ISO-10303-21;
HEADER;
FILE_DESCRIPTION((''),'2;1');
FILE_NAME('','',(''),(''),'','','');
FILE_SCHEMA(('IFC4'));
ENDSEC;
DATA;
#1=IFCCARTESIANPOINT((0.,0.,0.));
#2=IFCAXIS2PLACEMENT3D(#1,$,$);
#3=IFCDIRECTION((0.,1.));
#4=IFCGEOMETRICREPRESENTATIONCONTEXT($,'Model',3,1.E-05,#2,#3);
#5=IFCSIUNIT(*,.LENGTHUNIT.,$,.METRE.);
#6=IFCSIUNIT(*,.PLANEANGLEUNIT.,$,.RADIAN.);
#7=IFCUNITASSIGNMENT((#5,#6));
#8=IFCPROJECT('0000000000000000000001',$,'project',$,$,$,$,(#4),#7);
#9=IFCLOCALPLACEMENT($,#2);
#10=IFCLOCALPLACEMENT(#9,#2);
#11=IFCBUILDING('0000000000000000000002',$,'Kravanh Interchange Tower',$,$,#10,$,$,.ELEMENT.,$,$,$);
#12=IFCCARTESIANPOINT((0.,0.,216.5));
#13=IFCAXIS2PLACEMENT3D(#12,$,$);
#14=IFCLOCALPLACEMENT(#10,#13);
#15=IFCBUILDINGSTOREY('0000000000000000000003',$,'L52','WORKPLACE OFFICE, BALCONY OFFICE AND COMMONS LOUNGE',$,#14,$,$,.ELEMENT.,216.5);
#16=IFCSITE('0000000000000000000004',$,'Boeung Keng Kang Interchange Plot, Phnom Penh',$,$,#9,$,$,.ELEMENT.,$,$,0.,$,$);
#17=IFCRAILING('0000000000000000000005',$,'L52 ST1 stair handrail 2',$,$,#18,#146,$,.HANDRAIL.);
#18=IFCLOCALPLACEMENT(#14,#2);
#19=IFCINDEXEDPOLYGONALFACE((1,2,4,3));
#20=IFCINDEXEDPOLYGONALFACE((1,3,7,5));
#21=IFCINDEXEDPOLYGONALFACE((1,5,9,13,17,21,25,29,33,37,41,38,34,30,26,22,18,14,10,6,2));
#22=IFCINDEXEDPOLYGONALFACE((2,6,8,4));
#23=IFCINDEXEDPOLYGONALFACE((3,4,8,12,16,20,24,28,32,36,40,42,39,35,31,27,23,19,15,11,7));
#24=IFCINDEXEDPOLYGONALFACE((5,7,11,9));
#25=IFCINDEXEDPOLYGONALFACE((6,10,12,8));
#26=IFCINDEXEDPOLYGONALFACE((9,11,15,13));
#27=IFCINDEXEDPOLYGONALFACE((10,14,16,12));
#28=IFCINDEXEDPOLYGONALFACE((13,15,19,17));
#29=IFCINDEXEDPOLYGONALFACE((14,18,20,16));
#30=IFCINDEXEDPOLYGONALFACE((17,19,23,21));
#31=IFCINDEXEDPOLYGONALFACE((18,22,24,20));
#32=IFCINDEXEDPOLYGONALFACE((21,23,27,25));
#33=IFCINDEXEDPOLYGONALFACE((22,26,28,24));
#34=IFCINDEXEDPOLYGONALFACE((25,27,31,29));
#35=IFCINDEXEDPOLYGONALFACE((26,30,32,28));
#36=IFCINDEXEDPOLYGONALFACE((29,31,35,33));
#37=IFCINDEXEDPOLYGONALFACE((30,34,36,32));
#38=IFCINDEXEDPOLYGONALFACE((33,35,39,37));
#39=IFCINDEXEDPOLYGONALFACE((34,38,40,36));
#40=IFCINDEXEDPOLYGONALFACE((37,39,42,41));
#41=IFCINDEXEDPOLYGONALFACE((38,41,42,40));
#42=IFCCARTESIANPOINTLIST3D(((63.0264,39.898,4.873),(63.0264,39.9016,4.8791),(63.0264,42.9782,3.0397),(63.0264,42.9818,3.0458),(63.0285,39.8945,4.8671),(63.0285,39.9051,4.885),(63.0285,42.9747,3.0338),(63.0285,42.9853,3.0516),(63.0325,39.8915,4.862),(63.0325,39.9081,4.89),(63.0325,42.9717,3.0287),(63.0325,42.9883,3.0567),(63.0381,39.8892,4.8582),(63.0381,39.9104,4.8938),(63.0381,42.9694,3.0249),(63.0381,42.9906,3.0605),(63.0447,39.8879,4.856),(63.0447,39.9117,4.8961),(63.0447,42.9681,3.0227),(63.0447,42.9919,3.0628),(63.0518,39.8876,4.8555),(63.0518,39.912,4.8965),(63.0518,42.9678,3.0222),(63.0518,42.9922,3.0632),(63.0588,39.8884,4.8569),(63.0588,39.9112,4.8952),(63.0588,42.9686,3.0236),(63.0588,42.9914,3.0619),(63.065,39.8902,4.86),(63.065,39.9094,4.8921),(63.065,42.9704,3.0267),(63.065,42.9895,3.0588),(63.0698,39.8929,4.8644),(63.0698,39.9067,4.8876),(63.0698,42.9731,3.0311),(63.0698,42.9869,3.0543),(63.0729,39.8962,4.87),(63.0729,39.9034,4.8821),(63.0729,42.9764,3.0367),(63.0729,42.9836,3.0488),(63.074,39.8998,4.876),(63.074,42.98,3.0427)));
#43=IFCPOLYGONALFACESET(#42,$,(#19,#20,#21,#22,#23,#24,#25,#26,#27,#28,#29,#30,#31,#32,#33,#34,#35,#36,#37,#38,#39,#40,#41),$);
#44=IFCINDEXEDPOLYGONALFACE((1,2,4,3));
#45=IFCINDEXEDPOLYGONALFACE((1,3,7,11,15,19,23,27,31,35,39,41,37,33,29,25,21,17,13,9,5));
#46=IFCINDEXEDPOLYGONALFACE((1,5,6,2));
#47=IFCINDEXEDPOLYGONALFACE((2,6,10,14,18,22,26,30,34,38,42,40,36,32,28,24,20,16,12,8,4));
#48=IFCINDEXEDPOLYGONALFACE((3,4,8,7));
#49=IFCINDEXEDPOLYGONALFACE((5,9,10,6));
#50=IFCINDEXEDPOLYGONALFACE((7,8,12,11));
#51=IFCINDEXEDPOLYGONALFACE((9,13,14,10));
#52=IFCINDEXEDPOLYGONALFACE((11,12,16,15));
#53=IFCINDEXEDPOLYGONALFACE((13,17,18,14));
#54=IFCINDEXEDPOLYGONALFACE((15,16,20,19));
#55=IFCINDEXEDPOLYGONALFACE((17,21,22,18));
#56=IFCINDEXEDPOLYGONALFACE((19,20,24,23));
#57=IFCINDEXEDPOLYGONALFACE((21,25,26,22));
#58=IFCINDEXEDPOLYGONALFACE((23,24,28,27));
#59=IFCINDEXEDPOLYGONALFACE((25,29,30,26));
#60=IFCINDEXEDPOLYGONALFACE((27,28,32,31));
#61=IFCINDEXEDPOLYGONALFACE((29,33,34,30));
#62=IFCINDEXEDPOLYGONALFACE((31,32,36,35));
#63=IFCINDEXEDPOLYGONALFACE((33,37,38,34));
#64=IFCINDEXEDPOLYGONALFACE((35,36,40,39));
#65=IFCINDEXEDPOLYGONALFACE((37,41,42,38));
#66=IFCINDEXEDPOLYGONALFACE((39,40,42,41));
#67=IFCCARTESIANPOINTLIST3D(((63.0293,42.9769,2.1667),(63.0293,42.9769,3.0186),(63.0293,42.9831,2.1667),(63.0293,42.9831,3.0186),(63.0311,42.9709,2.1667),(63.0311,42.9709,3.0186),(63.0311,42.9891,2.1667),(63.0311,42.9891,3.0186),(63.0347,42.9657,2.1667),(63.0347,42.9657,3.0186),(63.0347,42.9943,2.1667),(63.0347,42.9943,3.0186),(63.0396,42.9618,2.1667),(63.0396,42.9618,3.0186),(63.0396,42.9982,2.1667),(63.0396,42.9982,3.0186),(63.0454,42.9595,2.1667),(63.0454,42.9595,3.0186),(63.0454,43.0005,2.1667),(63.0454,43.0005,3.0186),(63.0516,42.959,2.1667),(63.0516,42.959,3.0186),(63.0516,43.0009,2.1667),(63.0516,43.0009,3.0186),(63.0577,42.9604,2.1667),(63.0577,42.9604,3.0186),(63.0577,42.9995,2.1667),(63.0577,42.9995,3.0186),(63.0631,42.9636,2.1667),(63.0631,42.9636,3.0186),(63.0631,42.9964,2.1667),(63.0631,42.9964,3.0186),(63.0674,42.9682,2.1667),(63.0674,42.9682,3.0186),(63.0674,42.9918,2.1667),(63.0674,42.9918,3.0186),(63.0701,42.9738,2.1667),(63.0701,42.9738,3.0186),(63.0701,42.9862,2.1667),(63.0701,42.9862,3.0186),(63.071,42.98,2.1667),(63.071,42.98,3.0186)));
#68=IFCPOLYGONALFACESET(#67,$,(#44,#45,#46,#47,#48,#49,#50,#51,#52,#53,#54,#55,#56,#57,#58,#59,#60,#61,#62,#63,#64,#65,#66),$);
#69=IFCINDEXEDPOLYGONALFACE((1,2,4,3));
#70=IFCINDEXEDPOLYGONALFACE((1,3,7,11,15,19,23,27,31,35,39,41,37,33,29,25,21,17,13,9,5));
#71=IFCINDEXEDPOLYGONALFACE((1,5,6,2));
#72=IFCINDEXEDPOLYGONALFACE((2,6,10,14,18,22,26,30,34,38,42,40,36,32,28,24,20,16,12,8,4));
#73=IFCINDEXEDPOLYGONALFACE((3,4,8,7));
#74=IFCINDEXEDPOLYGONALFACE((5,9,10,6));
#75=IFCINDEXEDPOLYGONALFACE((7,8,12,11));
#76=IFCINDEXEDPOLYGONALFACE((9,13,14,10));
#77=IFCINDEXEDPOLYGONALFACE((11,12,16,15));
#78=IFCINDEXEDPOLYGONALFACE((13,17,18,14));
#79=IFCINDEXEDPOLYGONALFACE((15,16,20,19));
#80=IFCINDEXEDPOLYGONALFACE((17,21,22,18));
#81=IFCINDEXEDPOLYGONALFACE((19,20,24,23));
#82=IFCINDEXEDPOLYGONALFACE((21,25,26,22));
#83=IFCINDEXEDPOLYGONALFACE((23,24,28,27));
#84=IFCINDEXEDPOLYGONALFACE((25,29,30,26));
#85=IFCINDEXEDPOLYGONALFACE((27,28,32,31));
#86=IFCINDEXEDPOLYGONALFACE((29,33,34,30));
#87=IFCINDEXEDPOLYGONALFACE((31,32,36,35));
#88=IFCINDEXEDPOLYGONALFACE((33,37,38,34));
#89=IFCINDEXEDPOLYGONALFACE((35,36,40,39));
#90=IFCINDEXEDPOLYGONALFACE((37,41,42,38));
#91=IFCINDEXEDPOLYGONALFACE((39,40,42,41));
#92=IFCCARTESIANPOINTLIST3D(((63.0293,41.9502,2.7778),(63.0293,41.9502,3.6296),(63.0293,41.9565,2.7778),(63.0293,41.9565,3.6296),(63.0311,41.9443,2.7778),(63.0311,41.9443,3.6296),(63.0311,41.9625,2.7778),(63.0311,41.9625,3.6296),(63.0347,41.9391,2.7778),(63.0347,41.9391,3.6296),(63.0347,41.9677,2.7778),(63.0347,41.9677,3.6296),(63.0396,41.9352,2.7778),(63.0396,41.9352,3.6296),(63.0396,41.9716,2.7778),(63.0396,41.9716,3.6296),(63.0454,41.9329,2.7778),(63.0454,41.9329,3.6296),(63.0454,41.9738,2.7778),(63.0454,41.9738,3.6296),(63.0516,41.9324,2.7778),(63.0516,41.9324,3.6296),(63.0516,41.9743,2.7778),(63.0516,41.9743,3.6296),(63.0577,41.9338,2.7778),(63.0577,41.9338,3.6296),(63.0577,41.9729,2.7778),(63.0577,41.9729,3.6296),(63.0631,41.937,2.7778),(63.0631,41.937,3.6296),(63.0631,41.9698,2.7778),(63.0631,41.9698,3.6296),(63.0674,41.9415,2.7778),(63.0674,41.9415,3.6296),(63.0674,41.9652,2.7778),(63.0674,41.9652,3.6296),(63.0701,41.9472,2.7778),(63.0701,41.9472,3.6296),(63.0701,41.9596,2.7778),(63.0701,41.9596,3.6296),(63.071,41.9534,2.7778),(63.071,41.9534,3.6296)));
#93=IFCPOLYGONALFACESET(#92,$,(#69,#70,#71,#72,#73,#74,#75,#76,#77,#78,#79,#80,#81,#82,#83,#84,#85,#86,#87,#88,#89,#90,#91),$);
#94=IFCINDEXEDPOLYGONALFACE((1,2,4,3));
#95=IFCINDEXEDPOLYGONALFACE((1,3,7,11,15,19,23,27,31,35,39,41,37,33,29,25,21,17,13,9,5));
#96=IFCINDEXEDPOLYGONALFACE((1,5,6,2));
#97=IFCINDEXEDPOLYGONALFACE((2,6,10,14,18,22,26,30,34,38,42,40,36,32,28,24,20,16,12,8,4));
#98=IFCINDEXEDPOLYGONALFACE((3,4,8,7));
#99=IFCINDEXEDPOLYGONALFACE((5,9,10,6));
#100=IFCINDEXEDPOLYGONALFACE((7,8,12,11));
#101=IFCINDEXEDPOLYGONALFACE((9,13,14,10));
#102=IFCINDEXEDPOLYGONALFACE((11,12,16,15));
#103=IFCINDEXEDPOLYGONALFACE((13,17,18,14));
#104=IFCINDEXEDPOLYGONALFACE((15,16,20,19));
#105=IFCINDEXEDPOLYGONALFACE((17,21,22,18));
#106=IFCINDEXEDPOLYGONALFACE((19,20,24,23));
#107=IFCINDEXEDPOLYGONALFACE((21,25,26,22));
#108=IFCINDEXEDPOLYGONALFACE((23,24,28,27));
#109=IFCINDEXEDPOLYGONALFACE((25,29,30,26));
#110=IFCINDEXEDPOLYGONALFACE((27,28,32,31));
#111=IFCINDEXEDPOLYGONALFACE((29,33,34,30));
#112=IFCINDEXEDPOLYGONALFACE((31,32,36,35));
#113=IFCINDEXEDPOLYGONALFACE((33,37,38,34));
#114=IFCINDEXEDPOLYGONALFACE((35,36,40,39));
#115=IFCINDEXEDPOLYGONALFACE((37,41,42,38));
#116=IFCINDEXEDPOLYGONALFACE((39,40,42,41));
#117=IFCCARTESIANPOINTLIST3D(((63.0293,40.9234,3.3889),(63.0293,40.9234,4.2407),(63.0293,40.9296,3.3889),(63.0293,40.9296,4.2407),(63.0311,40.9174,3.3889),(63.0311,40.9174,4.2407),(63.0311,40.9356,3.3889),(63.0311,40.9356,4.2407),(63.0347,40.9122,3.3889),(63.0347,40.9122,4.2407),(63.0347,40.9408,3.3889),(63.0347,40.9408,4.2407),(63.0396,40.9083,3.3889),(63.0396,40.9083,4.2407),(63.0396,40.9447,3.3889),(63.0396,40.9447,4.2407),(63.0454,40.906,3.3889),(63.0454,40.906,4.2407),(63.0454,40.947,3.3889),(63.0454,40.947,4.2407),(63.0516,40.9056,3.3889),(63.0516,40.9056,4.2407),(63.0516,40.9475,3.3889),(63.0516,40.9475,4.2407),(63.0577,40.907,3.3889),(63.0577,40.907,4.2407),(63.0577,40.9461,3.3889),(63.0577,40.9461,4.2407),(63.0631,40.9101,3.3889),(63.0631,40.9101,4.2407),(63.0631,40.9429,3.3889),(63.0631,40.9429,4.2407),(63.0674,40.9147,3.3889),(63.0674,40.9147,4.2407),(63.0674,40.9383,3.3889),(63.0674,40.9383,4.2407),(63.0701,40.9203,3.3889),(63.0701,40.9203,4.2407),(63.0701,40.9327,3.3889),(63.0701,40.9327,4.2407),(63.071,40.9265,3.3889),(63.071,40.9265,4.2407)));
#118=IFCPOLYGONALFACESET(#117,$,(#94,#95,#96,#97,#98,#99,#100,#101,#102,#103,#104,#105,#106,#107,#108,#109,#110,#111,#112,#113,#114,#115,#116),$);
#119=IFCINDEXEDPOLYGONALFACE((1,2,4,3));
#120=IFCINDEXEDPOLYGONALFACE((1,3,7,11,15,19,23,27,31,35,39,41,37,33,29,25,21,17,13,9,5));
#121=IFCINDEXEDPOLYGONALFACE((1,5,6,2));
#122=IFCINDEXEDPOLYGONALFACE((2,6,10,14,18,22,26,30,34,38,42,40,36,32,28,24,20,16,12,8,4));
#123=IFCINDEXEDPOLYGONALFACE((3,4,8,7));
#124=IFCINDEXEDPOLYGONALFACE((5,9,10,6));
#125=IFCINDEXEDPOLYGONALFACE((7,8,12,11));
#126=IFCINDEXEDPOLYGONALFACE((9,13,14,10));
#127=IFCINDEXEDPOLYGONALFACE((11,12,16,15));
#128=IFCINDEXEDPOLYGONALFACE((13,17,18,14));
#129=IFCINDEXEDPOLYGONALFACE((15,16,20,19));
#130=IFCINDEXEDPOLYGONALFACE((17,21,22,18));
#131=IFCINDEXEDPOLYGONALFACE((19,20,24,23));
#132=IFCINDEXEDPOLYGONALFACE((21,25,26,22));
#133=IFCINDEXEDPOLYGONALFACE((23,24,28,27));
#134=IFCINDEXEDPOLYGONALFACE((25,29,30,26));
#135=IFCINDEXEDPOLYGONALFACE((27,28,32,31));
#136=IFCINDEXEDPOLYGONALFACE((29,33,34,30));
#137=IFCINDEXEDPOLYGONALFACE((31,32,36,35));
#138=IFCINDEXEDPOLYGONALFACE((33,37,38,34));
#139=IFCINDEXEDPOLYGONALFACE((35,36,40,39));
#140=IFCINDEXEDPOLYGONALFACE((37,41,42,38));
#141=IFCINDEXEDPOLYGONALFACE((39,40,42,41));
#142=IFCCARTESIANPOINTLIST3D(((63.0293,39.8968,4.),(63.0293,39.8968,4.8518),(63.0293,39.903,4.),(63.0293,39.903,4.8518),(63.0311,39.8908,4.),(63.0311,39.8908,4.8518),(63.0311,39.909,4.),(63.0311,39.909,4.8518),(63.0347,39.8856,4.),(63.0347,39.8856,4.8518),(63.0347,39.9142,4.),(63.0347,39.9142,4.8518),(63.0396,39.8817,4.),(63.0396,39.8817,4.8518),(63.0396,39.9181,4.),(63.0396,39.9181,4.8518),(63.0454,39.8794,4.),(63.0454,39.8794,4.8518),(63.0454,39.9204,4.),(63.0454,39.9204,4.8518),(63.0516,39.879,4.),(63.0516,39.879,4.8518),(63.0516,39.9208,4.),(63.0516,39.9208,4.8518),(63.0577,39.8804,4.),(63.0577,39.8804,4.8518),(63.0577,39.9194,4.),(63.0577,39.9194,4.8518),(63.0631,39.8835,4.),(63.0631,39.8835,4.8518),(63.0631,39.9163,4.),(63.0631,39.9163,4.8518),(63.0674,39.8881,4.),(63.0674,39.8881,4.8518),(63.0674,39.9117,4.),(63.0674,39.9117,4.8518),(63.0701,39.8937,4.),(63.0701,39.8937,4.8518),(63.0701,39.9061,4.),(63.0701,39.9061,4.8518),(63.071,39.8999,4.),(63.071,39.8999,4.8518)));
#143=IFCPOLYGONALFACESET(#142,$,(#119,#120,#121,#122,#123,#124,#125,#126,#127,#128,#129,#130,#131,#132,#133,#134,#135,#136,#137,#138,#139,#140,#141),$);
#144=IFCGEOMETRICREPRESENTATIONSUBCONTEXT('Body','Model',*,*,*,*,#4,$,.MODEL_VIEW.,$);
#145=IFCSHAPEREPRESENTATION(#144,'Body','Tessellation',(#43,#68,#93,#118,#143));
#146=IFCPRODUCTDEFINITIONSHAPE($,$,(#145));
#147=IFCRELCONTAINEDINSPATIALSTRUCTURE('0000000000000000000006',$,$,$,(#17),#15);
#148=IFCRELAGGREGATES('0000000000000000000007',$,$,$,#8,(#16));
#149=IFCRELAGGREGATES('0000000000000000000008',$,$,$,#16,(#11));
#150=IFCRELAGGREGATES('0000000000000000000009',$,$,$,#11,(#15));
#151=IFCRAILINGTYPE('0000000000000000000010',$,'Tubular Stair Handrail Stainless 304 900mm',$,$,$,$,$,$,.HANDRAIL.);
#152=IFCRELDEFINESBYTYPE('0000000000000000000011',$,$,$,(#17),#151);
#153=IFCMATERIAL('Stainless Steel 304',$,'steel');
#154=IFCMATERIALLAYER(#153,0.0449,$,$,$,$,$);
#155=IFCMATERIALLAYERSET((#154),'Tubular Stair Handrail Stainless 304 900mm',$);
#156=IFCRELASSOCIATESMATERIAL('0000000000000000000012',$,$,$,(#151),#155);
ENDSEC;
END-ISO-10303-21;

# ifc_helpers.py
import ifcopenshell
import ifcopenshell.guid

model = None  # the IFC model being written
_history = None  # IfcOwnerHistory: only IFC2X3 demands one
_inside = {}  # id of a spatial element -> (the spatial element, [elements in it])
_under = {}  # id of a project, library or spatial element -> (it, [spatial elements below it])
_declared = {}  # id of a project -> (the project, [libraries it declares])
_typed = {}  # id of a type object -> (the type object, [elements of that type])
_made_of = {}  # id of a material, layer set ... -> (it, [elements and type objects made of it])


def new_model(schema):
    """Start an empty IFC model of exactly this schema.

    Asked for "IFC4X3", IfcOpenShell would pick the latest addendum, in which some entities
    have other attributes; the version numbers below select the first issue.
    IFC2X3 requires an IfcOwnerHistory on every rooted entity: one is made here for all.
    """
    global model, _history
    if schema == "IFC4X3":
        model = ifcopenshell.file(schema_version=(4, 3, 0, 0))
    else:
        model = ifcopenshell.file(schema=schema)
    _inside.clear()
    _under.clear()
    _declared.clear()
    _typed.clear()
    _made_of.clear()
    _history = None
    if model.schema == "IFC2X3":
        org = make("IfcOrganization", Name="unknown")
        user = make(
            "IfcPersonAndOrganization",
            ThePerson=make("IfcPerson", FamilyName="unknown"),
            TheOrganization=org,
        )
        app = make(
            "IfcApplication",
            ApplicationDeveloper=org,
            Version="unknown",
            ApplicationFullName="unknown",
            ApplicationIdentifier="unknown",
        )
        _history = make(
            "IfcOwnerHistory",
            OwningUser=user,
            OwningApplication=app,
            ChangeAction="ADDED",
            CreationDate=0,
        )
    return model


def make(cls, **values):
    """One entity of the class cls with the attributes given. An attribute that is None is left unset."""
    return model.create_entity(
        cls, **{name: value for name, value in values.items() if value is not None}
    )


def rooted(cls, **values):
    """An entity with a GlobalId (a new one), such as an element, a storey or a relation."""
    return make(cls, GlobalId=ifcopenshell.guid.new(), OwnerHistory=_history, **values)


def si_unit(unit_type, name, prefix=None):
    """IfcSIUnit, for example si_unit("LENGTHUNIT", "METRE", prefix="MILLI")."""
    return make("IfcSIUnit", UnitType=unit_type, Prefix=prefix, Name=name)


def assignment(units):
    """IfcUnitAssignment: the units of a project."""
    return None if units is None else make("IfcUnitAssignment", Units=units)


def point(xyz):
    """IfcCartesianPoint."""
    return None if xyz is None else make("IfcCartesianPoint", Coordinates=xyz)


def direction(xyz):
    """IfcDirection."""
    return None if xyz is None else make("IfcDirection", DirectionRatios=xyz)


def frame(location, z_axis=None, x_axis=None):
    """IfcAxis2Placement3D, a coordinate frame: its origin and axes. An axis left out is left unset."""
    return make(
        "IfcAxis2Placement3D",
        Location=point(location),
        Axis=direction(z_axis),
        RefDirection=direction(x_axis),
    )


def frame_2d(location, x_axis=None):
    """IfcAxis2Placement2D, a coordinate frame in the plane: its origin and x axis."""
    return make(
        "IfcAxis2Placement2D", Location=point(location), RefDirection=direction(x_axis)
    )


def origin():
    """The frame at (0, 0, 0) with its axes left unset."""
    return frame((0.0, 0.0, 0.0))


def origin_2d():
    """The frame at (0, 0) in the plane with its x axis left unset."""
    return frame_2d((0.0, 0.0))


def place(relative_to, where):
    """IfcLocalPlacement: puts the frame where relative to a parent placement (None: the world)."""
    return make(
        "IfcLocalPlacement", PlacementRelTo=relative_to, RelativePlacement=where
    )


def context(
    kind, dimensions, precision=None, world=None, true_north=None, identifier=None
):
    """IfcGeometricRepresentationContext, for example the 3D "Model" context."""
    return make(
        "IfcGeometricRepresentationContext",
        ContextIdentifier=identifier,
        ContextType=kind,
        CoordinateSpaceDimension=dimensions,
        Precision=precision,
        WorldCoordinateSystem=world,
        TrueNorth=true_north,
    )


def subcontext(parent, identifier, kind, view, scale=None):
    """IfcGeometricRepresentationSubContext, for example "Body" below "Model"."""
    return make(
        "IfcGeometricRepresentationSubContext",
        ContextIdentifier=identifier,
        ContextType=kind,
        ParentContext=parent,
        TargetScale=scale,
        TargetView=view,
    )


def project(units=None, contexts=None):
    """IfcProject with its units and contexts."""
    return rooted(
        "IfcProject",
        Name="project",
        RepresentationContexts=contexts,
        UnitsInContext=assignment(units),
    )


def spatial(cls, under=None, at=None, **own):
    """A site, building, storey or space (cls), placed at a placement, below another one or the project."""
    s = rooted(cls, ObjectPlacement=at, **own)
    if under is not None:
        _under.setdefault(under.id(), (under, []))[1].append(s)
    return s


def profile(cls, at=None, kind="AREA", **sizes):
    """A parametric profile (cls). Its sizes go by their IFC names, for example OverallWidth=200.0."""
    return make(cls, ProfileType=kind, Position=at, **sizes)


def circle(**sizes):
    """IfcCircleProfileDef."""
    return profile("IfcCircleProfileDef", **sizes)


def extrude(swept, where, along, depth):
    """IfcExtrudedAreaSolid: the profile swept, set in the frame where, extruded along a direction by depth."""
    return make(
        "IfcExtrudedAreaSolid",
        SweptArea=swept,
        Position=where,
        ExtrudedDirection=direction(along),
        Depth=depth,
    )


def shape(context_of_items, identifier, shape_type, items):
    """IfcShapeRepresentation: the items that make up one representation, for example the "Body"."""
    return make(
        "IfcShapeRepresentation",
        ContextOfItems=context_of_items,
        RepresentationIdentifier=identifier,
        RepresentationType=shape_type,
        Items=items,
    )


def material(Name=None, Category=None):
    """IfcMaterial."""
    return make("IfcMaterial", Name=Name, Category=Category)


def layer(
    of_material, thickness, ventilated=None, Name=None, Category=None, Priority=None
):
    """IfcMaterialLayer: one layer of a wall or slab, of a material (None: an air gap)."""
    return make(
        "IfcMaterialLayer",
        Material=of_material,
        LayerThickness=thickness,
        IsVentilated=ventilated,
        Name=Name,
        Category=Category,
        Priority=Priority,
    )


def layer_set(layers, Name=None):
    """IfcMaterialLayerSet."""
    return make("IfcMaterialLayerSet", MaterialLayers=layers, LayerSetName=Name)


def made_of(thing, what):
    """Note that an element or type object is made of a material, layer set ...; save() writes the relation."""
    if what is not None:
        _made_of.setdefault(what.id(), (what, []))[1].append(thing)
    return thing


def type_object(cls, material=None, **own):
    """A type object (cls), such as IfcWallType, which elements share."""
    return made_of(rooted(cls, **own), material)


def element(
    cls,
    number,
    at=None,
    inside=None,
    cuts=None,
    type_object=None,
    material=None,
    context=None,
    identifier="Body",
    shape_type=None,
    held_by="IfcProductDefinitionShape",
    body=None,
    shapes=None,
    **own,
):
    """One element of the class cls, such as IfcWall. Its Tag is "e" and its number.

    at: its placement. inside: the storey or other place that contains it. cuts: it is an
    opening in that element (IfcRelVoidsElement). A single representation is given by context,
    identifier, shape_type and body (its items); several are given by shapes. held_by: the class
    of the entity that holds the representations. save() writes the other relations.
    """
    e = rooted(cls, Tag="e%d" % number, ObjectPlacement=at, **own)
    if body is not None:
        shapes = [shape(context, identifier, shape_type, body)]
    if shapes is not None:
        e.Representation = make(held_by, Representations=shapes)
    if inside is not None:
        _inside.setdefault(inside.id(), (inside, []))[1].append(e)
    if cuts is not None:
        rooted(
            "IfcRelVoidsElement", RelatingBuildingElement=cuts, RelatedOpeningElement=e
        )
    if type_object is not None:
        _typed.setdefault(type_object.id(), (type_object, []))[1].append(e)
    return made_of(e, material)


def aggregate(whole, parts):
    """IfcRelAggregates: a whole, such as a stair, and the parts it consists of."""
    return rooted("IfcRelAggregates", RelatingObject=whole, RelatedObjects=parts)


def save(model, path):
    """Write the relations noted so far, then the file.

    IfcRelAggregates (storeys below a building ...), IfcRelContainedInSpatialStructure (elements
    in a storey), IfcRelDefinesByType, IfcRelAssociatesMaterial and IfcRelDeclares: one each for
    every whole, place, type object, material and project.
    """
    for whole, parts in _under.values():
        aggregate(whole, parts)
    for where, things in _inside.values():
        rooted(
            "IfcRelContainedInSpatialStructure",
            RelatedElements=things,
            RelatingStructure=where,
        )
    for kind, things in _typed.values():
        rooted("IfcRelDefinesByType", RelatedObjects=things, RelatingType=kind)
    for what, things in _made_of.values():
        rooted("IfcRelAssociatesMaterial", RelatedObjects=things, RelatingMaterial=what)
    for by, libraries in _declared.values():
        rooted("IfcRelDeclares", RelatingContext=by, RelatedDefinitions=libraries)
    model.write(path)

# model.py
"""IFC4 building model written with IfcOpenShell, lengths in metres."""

from ifc_helpers import new_model, si_unit, direction, frame, origin, origin_2d, place, context, subcontext, project, spatial, circle, extrude, material, layer, layer_set, type_object, element, save


model = new_model("IFC4")

# Units and contexts
model_context = context("Model", 3, precision=1e-05, world=origin(), true_north=direction((0.0, 1.0)))
body_context = subcontext(model_context, "Body", "Model", "MODEL_VIEW")
ifc_project = project(units=[si_unit("LENGTHUNIT", "METRE"), si_unit("PLANEANGLEUNIT", "RADIAN")], contexts=[model_context])

# Site, building, storey
site_placement = place(None, origin())
site = spatial("IfcSite", under=ifc_project, at=site_placement, Name="Boeung Keng Kang Interchange Plot, Phnom Penh", CompositionType="ELEMENT", RefElevation=0.0)
building_placement = place(site_placement, origin())
building = spatial("IfcBuilding", under=site, at=building_placement, Name="Kravanh Interchange Tower", CompositionType="ELEMENT")
storey_placement = place(building_placement, frame((0.0, 0.0, 216.5)))
storey = spatial("IfcBuildingStorey", under=building, at=storey_placement, Name="L52", Description="WORKPLACE OFFICE, BALCONY OFFICE AND COMMONS LOUNGE", CompositionType="ELEMENT", Elevation=216.5)

# Railing
ifc_material_1 = material(Name="Stainless Steel 304", Category="steel")
ifc_layer_1 = layer(ifc_material_1, 0.0449)
ifc_layer_set_1 = layer_set([ifc_layer_1], Name="Tubular Stair Handrail Stainless 304 900mm")
railing_type_1 = type_object("IfcRailingType", Name="Tubular Stair Handrail Stainless 304 900mm", PredefinedType="HANDRAIL", material=ifc_layer_set_1)
railing_1_placement = place(storey_placement, frame((63.05, 42.98, 2.1667)))
element("IfcRailing", 1, at=railing_1_placement, inside=storey, type_object=railing_type_1, Name="L52 ST1 stair handrail 2", PredefinedType="HANDRAIL", context=body_context, shape_type="SweptSolid", body=[
    extrude(circle(Radius=0.0239, at=origin_2d()), frame((0.0, 0.0, 0.876), z_axis=(0.0, -0.859309, 0.511458), x_axis=(1.0, 0.0, 0.0)), (0.0, 0.0, 1.0), 3.5845),
    extrude(circle(Radius=0.021, at=origin_2d()), origin(), (0.0, 0.0, 1.0), 0.8518),
    extrude(circle(Radius=0.021, at=origin_2d()), frame((0.0, -1.0266, 0.6111)), (0.0, 0.0, 1.0), 0.8518),
    extrude(circle(Radius=0.021, at=origin_2d()), frame((0.0, -2.0535, 1.2222)), (0.0, 0.0, 1.0), 0.8518),
    extrude(circle(Radius=0.021, at=origin_2d()), frame((0.0, -3.0801, 1.8333)), (0.0, 0.0, 1.0), 0.8518),
])

save(model, "model.ifc")
